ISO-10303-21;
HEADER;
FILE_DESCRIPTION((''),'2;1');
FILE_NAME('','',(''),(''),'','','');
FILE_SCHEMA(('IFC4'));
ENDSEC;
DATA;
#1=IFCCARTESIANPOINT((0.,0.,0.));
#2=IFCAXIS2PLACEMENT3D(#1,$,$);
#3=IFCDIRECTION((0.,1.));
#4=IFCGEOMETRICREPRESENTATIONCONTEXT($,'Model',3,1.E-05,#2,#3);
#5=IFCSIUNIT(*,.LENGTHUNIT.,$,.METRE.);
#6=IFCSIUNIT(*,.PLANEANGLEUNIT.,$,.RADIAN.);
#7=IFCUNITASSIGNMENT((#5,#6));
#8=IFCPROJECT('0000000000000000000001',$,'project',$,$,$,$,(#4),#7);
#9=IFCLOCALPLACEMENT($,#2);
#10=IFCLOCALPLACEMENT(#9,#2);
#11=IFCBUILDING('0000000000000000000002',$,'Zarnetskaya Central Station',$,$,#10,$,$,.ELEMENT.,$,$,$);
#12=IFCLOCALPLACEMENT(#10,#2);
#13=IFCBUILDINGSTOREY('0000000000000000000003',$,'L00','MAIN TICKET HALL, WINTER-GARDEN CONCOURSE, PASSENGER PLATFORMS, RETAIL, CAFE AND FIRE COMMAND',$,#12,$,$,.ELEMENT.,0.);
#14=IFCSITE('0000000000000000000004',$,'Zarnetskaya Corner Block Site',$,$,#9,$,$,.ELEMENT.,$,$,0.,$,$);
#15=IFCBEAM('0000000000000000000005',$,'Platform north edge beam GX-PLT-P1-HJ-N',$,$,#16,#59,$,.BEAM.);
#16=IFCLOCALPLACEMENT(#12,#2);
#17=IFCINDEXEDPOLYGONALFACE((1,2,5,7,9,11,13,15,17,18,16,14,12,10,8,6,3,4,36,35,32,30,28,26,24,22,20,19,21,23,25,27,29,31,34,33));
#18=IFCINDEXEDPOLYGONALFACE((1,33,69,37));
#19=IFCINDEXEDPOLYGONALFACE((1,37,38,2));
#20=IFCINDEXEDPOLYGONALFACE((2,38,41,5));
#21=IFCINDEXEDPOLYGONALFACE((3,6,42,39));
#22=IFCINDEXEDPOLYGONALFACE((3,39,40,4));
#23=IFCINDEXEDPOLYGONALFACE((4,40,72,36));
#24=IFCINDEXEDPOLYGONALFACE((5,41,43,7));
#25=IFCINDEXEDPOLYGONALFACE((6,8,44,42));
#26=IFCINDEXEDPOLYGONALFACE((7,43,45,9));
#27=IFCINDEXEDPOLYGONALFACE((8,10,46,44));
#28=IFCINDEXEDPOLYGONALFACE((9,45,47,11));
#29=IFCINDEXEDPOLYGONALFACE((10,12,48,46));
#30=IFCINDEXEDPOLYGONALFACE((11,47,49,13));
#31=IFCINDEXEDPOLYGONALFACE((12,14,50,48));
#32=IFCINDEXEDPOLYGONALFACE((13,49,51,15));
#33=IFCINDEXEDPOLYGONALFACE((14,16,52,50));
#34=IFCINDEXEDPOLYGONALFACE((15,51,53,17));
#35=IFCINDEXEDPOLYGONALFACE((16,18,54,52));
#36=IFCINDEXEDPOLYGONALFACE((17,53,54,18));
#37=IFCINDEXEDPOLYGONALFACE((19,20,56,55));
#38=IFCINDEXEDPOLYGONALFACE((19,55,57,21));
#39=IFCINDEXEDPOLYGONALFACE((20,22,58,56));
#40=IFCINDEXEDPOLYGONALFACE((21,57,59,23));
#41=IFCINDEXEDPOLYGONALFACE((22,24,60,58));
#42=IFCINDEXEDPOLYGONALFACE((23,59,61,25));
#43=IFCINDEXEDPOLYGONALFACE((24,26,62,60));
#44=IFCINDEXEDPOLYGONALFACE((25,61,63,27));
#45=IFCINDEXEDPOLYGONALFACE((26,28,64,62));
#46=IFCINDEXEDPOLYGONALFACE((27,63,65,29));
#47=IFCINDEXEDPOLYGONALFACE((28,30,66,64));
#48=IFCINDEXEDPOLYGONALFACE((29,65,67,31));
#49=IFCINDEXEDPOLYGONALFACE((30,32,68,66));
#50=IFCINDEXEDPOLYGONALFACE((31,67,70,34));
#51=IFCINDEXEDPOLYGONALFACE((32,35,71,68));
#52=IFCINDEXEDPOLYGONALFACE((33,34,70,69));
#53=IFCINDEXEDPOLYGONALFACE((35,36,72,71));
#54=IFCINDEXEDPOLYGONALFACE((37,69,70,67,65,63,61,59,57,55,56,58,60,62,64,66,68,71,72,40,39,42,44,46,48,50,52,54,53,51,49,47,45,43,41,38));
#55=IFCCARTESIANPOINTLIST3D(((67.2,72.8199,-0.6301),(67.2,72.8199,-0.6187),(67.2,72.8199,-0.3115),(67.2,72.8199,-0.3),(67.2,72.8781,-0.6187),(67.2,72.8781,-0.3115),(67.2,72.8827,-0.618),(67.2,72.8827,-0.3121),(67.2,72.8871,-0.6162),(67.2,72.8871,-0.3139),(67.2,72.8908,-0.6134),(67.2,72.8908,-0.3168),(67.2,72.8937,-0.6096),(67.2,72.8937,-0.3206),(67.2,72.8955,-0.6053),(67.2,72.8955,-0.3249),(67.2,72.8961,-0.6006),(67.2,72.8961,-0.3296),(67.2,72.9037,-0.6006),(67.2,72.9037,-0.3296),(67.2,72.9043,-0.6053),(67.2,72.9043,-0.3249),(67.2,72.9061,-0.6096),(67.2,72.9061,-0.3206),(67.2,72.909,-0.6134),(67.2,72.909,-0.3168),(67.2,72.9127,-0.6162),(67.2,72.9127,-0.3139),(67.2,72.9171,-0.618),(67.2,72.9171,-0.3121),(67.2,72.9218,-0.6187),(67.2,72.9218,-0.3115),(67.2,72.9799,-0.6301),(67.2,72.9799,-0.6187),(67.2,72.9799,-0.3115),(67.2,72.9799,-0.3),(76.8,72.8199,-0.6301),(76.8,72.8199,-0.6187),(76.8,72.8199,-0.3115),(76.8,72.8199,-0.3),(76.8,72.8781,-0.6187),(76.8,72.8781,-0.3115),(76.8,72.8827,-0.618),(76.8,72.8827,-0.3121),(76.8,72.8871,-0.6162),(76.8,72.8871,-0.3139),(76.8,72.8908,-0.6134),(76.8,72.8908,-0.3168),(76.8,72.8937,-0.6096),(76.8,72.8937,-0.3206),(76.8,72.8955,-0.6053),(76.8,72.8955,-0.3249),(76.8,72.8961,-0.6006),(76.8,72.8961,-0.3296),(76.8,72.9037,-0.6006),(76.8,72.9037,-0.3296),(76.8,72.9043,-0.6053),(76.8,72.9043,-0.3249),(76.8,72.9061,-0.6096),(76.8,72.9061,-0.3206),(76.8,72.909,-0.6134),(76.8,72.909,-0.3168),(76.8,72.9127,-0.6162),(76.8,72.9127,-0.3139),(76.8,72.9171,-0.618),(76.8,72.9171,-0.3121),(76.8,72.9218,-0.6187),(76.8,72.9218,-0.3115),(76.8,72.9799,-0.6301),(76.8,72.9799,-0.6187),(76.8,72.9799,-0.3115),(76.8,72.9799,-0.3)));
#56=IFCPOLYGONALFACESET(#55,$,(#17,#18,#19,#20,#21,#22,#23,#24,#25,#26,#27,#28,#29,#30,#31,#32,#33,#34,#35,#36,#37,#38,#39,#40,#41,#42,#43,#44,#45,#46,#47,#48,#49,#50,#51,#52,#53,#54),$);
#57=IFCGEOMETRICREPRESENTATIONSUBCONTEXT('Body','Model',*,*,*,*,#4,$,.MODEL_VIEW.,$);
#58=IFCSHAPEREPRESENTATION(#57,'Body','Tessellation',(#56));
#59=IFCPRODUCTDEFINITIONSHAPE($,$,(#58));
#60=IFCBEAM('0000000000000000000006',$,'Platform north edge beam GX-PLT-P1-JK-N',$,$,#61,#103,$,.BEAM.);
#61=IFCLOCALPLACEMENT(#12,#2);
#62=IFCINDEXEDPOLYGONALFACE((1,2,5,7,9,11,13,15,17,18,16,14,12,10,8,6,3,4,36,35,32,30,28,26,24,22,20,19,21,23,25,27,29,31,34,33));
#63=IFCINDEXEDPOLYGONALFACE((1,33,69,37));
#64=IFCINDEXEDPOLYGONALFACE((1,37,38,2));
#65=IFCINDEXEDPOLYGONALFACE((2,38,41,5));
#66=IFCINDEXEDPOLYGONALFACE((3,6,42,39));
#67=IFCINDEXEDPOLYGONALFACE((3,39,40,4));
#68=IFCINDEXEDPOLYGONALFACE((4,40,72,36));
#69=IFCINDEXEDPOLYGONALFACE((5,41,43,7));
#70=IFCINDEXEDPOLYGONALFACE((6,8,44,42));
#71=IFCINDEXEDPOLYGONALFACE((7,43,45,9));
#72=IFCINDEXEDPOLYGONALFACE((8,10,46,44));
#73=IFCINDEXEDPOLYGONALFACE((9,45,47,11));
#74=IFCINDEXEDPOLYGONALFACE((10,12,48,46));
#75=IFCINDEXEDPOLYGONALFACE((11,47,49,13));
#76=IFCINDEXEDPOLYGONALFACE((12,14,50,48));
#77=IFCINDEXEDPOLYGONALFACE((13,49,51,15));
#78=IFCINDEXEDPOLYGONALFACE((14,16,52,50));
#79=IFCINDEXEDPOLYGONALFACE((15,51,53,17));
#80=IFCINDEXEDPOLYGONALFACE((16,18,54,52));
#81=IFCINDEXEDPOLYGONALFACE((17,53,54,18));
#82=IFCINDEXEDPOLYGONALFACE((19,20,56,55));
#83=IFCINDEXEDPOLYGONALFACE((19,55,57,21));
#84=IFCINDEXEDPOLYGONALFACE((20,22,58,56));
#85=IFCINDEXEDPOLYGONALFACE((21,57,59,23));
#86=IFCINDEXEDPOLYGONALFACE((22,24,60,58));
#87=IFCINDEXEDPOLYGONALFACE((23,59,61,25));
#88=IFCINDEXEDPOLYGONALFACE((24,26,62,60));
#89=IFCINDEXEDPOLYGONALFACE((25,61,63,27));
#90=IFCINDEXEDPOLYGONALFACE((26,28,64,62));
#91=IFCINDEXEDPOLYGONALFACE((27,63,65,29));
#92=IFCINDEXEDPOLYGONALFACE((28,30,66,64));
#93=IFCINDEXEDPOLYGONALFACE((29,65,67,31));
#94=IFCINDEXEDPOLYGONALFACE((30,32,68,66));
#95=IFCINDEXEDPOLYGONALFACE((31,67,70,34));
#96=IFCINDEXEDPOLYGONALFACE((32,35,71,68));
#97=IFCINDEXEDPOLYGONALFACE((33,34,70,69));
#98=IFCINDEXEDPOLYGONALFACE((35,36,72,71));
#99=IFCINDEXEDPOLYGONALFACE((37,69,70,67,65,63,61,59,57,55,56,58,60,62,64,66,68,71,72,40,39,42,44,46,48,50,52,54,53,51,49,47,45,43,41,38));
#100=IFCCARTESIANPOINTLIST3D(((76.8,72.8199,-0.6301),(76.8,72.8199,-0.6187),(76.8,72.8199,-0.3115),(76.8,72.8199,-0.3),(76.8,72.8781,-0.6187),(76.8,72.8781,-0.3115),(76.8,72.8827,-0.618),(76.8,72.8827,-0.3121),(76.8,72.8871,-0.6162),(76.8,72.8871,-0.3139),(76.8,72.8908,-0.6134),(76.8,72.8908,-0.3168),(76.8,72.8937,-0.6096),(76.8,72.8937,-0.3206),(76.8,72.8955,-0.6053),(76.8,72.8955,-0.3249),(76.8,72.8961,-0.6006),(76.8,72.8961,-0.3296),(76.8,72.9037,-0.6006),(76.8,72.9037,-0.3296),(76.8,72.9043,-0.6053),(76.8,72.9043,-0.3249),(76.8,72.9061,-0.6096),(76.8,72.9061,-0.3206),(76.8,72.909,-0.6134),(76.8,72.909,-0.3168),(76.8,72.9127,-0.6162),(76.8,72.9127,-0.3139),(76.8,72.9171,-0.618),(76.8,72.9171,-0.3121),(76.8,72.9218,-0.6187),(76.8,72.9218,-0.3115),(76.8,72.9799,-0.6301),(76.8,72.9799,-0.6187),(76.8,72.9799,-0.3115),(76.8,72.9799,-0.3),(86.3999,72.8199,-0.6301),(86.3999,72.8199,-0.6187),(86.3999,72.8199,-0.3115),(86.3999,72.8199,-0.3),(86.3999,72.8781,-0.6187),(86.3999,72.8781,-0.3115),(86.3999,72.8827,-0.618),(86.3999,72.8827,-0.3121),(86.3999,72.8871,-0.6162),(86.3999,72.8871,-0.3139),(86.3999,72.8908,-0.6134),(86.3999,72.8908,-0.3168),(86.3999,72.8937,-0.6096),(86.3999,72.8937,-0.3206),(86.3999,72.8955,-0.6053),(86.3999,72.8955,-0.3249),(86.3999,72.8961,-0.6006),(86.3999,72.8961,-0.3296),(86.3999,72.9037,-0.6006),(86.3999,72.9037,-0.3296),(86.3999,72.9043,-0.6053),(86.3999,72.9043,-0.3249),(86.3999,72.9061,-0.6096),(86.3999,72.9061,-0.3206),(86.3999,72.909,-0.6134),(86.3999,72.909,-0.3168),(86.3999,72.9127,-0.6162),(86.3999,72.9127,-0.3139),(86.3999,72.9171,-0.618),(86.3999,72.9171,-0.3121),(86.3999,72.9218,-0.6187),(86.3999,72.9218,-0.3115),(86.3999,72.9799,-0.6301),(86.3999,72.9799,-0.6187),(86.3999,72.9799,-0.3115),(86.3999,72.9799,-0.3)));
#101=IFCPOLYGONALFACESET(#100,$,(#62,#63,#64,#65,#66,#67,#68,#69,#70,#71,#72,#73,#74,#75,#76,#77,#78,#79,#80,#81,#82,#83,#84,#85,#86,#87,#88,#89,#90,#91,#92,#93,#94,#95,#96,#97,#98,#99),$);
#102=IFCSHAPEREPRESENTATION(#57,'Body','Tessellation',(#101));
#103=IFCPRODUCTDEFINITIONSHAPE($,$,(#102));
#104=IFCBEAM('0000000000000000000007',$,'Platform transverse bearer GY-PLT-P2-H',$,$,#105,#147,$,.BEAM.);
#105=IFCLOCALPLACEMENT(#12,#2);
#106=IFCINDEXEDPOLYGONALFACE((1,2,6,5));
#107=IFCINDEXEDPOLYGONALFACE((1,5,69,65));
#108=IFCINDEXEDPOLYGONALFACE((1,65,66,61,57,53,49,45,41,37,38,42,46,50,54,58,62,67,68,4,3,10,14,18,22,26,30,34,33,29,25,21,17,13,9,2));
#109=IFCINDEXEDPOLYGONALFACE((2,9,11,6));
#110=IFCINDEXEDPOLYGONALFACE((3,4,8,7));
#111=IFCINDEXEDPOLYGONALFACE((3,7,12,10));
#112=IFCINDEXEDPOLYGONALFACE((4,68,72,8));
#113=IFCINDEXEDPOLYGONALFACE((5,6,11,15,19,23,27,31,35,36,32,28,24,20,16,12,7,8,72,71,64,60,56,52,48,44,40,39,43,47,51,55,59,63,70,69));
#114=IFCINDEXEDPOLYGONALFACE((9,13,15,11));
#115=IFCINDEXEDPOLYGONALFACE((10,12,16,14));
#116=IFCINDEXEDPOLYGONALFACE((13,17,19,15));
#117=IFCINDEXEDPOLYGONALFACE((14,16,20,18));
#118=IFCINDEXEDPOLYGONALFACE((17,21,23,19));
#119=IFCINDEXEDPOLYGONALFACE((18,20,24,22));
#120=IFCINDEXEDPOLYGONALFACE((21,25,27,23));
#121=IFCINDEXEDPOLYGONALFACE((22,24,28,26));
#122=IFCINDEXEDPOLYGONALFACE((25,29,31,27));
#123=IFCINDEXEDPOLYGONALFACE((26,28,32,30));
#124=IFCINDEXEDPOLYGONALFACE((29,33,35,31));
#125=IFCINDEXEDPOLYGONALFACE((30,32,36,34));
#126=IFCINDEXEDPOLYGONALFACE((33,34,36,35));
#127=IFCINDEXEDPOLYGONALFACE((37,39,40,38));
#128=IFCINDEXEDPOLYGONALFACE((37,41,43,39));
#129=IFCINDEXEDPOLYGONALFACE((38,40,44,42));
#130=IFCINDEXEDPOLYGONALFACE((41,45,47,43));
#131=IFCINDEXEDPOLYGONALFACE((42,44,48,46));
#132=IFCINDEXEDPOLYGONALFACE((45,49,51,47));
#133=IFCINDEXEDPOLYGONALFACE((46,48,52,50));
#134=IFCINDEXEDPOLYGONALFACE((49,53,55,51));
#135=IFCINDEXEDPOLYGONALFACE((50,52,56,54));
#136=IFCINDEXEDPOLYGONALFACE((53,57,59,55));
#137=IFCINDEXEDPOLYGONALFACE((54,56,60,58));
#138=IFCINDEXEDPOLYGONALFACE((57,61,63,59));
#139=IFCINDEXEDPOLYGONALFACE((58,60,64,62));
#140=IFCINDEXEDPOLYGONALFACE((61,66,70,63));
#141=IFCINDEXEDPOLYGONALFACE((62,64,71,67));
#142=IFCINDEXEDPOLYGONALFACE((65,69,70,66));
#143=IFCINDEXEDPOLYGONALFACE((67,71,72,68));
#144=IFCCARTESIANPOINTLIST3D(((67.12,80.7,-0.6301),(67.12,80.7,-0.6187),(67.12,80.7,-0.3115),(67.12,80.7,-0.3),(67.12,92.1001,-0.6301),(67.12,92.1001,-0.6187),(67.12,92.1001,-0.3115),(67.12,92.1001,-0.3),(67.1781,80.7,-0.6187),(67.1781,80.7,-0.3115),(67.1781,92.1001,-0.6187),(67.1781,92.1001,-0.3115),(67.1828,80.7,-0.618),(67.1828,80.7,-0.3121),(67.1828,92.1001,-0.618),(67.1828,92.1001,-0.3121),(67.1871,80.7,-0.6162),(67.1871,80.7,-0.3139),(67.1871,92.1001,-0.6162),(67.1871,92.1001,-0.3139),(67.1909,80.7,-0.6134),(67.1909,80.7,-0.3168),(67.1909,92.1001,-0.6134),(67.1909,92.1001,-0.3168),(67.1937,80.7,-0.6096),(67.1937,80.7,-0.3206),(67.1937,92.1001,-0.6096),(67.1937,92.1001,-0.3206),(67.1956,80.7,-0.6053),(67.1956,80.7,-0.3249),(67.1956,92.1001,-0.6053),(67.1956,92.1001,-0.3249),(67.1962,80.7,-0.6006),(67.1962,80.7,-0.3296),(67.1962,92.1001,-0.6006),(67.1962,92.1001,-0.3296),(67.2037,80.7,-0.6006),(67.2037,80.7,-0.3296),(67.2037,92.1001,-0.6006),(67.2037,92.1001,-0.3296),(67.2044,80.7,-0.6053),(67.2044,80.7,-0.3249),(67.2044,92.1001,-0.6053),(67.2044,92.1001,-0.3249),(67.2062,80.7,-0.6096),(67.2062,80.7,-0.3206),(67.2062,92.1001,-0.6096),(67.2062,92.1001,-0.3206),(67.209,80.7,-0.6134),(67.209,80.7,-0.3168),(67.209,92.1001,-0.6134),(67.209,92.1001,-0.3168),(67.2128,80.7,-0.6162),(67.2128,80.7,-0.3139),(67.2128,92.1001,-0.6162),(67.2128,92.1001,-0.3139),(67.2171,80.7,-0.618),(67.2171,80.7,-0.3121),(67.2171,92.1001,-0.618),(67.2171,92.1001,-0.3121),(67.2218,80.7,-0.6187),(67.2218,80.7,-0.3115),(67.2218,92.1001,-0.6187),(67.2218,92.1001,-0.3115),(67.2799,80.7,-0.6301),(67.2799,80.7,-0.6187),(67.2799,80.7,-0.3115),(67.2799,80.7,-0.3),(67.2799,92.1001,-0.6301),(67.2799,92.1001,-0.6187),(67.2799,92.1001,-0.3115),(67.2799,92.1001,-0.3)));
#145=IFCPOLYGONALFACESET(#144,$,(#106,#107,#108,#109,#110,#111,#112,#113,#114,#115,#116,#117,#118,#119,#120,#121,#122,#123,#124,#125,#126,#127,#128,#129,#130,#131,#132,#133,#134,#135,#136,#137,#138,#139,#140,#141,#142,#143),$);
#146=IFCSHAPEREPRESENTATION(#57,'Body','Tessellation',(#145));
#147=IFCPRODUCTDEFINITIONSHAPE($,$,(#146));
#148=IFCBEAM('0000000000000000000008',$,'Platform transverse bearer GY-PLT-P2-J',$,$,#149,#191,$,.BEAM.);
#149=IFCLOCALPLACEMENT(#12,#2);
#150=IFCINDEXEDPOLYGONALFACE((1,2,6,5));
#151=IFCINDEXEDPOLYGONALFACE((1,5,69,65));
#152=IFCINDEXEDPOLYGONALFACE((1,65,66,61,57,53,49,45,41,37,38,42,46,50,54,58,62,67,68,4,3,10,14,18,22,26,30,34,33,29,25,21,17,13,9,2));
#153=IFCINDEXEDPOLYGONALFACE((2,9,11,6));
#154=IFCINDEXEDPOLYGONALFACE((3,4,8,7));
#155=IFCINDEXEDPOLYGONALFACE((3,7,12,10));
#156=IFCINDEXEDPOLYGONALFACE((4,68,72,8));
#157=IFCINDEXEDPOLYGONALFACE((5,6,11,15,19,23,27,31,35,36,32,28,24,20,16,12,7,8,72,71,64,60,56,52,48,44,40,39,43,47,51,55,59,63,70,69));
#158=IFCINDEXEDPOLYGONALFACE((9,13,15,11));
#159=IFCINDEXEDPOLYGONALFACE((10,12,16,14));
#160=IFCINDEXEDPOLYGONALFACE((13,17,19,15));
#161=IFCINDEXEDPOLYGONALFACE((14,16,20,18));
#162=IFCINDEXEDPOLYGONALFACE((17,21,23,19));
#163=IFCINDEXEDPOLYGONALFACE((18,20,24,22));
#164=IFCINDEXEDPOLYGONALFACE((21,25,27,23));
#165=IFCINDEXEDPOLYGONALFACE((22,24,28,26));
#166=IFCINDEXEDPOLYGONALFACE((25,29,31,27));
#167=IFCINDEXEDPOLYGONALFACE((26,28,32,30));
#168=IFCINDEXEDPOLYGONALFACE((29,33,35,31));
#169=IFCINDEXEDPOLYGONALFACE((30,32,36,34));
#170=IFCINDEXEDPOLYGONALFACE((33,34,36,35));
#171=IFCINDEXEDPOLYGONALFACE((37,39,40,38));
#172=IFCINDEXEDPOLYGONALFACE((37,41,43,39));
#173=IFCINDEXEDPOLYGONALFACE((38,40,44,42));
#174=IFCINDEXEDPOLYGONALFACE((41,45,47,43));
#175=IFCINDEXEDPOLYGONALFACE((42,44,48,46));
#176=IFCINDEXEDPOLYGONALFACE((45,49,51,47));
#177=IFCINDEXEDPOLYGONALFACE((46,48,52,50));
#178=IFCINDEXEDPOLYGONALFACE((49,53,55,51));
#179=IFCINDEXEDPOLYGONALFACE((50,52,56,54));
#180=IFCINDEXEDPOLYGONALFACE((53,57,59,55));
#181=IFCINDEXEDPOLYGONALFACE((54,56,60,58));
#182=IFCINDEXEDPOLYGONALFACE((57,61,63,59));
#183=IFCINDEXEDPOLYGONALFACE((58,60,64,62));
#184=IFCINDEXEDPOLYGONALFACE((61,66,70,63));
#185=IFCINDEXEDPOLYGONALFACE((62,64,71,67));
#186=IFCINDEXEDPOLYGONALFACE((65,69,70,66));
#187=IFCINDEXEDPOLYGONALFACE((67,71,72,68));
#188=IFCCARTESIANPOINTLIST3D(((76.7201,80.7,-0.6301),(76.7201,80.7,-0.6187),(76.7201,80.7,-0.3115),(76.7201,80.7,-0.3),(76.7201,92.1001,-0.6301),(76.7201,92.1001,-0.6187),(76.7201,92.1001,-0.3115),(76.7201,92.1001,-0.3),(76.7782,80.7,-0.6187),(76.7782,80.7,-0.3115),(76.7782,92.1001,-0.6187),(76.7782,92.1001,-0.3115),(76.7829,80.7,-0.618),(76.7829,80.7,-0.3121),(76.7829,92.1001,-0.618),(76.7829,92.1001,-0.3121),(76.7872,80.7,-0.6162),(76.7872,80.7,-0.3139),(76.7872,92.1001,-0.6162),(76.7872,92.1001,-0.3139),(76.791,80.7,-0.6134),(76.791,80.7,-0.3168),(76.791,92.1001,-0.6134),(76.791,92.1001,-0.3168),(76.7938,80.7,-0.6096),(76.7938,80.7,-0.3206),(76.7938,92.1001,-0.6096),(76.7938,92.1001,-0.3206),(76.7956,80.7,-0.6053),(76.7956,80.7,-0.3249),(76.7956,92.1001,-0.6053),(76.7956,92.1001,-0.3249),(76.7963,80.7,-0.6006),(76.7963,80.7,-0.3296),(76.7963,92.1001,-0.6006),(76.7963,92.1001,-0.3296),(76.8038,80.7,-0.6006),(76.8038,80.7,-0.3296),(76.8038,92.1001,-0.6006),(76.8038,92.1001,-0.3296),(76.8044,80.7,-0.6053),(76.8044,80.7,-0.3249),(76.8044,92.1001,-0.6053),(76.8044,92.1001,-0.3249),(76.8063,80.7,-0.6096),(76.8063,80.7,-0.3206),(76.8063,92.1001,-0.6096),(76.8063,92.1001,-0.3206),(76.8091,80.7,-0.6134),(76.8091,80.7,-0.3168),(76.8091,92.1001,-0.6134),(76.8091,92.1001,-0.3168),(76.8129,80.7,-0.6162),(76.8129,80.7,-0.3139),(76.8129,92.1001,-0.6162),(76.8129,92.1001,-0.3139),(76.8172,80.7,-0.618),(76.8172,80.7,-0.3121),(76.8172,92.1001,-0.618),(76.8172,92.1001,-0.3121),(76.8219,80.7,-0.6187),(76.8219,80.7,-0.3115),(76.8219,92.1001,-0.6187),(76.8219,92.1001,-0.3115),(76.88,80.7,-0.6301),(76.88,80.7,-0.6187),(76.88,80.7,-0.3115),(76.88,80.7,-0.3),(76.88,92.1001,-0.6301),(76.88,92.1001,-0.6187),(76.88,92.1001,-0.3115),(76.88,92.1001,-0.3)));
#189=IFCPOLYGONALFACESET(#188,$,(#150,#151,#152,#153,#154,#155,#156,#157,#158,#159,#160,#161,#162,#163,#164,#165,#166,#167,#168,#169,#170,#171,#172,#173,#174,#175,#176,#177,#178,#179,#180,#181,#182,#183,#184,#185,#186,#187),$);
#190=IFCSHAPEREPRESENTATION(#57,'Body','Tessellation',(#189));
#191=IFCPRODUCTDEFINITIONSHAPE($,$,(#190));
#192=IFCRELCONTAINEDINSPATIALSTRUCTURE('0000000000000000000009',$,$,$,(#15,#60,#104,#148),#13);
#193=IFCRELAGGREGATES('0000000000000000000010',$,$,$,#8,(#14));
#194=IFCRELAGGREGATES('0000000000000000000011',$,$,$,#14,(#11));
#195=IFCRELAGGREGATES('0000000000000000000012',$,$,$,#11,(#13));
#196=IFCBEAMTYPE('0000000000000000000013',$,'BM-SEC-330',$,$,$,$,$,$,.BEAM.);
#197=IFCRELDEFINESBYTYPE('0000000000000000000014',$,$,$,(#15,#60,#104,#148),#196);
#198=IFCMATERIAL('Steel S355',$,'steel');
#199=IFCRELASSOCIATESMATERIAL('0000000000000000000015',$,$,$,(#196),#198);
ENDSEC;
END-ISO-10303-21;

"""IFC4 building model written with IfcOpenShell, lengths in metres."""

from ifc_helpers import new_model, si_unit, direction, frame, origin, origin_2d, place, context, subcontext, project, spatial, i_section, extrude, material, material_profile, profile_set, type_object, element, save


model = new_model("IFC4")

# Units and contexts
model_context = context("Model", 3, precision=1e-05, world=origin(), true_north=direction((0.0, 1.0)))
body_context = subcontext(model_context, "Body", "Model", "MODEL_VIEW")
ifc_project = project(units=[si_unit("LENGTHUNIT", "METRE"), si_unit("PLANEANGLEUNIT", "RADIAN")], contexts=[model_context])

# Site, building, storey
site_placement = place(None, origin())
site = spatial("IfcSite", under=ifc_project, at=site_placement, Name="Zarnetskaya Corner Block Site", CompositionType="ELEMENT", RefElevation=0.0)
building_placement = place(site_placement, origin())
building = spatial("IfcBuilding", under=site, at=building_placement, Name="Zarnetskaya Central Station", CompositionType="ELEMENT")
storey_placement = place(building_placement, origin())
storey = spatial("IfcBuildingStorey", under=building, at=storey_placement, Name="L00", Description="MAIN TICKET HALL, WINTER-GARDEN CONCOURSE, PASSENGER PLATFORMS, RETAIL, CAFE AND FIRE COMMAND", CompositionType="ELEMENT", Elevation=0.0)

# Shared definitions
ifc_material = material(Name="Steel S355", Category="steel")

# Beams
ifc_material_profile_1 = material_profile(ifc_material, i_section(OverallWidth=0.1599, OverallDepth=0.3301, WebThickness=0.0076, FlangeThickness=0.0115, FilletRadius=0.0181, at=origin_2d()), Name="IPE 330")
ifc_profile_set_1 = profile_set([ifc_material_profile_1], Name="Steel S355")
beam_type_1 = type_object("IfcBeamType", Name="BM-SEC-330", PredefinedType="BEAM", material=ifc_profile_set_1)
beam_1_placement = place(storey_placement, frame((67.2, 72.8999, -0.4651), z_axis=(1.0, 0.0, 0.0), x_axis=(0.0, 1.0, 0.0)))
element("IfcBeam", 1, at=beam_1_placement, inside=storey, type_object=beam_type_1, Name="Platform north edge beam GX-PLT-P1-HJ-N", PredefinedType="BEAM", context=body_context, shape_type="SweptSolid", body=[
    extrude(i_section(OverallWidth=0.1599, OverallDepth=0.3301, WebThickness=0.0076, FlangeThickness=0.0115, FilletRadius=0.0181, at=origin_2d()), origin(), (0.0, 0.0, 1.0), 9.6001),
])
beam_2_placement = place(storey_placement, frame((76.8, 72.8999, -0.4651), z_axis=(1.0, 0.0, 0.0), x_axis=(0.0, 1.0, 0.0)))
element("IfcBeam", 2, at=beam_2_placement, inside=storey, type_object=beam_type_1, Name="Platform north edge beam GX-PLT-P1-JK-N", PredefinedType="BEAM", context=body_context, shape_type="SweptSolid", body=[
    extrude(i_section(OverallWidth=0.1599, OverallDepth=0.3301, WebThickness=0.0076, FlangeThickness=0.0115, FilletRadius=0.0181, at=origin_2d()), origin(), (0.0, 0.0, 1.0), 9.5999),
])
for number, where, z_axis, x_axis, name in (
    (3, (67.2, 80.7, -0.4651), (0.0, 1.0, 0.0), (-1.0, 0.0, 0.0), "Platform transverse bearer GY-PLT-P2-H"),
    (4, (76.8, 80.7, -0.4651), (0.0, 1.0, 0.0), (-1.0, 0.0, 0.0), "Platform transverse bearer GY-PLT-P2-J"),
):
    element("IfcBeam", number, at=place(storey_placement, frame(where, z_axis=z_axis, x_axis=x_axis)), inside=storey, type_object=beam_type_1, Name=name, PredefinedType="BEAM", context=body_context, shape_type="SweptSolid", body=[
        extrude(i_section(OverallWidth=0.1599, OverallDepth=0.3301, WebThickness=0.0076, FlangeThickness=0.0115, FilletRadius=0.0181, at=origin_2d()), origin(), (0.0, 0.0, 1.0), 11.4001),
    ])

save(model, "model.ifc")
